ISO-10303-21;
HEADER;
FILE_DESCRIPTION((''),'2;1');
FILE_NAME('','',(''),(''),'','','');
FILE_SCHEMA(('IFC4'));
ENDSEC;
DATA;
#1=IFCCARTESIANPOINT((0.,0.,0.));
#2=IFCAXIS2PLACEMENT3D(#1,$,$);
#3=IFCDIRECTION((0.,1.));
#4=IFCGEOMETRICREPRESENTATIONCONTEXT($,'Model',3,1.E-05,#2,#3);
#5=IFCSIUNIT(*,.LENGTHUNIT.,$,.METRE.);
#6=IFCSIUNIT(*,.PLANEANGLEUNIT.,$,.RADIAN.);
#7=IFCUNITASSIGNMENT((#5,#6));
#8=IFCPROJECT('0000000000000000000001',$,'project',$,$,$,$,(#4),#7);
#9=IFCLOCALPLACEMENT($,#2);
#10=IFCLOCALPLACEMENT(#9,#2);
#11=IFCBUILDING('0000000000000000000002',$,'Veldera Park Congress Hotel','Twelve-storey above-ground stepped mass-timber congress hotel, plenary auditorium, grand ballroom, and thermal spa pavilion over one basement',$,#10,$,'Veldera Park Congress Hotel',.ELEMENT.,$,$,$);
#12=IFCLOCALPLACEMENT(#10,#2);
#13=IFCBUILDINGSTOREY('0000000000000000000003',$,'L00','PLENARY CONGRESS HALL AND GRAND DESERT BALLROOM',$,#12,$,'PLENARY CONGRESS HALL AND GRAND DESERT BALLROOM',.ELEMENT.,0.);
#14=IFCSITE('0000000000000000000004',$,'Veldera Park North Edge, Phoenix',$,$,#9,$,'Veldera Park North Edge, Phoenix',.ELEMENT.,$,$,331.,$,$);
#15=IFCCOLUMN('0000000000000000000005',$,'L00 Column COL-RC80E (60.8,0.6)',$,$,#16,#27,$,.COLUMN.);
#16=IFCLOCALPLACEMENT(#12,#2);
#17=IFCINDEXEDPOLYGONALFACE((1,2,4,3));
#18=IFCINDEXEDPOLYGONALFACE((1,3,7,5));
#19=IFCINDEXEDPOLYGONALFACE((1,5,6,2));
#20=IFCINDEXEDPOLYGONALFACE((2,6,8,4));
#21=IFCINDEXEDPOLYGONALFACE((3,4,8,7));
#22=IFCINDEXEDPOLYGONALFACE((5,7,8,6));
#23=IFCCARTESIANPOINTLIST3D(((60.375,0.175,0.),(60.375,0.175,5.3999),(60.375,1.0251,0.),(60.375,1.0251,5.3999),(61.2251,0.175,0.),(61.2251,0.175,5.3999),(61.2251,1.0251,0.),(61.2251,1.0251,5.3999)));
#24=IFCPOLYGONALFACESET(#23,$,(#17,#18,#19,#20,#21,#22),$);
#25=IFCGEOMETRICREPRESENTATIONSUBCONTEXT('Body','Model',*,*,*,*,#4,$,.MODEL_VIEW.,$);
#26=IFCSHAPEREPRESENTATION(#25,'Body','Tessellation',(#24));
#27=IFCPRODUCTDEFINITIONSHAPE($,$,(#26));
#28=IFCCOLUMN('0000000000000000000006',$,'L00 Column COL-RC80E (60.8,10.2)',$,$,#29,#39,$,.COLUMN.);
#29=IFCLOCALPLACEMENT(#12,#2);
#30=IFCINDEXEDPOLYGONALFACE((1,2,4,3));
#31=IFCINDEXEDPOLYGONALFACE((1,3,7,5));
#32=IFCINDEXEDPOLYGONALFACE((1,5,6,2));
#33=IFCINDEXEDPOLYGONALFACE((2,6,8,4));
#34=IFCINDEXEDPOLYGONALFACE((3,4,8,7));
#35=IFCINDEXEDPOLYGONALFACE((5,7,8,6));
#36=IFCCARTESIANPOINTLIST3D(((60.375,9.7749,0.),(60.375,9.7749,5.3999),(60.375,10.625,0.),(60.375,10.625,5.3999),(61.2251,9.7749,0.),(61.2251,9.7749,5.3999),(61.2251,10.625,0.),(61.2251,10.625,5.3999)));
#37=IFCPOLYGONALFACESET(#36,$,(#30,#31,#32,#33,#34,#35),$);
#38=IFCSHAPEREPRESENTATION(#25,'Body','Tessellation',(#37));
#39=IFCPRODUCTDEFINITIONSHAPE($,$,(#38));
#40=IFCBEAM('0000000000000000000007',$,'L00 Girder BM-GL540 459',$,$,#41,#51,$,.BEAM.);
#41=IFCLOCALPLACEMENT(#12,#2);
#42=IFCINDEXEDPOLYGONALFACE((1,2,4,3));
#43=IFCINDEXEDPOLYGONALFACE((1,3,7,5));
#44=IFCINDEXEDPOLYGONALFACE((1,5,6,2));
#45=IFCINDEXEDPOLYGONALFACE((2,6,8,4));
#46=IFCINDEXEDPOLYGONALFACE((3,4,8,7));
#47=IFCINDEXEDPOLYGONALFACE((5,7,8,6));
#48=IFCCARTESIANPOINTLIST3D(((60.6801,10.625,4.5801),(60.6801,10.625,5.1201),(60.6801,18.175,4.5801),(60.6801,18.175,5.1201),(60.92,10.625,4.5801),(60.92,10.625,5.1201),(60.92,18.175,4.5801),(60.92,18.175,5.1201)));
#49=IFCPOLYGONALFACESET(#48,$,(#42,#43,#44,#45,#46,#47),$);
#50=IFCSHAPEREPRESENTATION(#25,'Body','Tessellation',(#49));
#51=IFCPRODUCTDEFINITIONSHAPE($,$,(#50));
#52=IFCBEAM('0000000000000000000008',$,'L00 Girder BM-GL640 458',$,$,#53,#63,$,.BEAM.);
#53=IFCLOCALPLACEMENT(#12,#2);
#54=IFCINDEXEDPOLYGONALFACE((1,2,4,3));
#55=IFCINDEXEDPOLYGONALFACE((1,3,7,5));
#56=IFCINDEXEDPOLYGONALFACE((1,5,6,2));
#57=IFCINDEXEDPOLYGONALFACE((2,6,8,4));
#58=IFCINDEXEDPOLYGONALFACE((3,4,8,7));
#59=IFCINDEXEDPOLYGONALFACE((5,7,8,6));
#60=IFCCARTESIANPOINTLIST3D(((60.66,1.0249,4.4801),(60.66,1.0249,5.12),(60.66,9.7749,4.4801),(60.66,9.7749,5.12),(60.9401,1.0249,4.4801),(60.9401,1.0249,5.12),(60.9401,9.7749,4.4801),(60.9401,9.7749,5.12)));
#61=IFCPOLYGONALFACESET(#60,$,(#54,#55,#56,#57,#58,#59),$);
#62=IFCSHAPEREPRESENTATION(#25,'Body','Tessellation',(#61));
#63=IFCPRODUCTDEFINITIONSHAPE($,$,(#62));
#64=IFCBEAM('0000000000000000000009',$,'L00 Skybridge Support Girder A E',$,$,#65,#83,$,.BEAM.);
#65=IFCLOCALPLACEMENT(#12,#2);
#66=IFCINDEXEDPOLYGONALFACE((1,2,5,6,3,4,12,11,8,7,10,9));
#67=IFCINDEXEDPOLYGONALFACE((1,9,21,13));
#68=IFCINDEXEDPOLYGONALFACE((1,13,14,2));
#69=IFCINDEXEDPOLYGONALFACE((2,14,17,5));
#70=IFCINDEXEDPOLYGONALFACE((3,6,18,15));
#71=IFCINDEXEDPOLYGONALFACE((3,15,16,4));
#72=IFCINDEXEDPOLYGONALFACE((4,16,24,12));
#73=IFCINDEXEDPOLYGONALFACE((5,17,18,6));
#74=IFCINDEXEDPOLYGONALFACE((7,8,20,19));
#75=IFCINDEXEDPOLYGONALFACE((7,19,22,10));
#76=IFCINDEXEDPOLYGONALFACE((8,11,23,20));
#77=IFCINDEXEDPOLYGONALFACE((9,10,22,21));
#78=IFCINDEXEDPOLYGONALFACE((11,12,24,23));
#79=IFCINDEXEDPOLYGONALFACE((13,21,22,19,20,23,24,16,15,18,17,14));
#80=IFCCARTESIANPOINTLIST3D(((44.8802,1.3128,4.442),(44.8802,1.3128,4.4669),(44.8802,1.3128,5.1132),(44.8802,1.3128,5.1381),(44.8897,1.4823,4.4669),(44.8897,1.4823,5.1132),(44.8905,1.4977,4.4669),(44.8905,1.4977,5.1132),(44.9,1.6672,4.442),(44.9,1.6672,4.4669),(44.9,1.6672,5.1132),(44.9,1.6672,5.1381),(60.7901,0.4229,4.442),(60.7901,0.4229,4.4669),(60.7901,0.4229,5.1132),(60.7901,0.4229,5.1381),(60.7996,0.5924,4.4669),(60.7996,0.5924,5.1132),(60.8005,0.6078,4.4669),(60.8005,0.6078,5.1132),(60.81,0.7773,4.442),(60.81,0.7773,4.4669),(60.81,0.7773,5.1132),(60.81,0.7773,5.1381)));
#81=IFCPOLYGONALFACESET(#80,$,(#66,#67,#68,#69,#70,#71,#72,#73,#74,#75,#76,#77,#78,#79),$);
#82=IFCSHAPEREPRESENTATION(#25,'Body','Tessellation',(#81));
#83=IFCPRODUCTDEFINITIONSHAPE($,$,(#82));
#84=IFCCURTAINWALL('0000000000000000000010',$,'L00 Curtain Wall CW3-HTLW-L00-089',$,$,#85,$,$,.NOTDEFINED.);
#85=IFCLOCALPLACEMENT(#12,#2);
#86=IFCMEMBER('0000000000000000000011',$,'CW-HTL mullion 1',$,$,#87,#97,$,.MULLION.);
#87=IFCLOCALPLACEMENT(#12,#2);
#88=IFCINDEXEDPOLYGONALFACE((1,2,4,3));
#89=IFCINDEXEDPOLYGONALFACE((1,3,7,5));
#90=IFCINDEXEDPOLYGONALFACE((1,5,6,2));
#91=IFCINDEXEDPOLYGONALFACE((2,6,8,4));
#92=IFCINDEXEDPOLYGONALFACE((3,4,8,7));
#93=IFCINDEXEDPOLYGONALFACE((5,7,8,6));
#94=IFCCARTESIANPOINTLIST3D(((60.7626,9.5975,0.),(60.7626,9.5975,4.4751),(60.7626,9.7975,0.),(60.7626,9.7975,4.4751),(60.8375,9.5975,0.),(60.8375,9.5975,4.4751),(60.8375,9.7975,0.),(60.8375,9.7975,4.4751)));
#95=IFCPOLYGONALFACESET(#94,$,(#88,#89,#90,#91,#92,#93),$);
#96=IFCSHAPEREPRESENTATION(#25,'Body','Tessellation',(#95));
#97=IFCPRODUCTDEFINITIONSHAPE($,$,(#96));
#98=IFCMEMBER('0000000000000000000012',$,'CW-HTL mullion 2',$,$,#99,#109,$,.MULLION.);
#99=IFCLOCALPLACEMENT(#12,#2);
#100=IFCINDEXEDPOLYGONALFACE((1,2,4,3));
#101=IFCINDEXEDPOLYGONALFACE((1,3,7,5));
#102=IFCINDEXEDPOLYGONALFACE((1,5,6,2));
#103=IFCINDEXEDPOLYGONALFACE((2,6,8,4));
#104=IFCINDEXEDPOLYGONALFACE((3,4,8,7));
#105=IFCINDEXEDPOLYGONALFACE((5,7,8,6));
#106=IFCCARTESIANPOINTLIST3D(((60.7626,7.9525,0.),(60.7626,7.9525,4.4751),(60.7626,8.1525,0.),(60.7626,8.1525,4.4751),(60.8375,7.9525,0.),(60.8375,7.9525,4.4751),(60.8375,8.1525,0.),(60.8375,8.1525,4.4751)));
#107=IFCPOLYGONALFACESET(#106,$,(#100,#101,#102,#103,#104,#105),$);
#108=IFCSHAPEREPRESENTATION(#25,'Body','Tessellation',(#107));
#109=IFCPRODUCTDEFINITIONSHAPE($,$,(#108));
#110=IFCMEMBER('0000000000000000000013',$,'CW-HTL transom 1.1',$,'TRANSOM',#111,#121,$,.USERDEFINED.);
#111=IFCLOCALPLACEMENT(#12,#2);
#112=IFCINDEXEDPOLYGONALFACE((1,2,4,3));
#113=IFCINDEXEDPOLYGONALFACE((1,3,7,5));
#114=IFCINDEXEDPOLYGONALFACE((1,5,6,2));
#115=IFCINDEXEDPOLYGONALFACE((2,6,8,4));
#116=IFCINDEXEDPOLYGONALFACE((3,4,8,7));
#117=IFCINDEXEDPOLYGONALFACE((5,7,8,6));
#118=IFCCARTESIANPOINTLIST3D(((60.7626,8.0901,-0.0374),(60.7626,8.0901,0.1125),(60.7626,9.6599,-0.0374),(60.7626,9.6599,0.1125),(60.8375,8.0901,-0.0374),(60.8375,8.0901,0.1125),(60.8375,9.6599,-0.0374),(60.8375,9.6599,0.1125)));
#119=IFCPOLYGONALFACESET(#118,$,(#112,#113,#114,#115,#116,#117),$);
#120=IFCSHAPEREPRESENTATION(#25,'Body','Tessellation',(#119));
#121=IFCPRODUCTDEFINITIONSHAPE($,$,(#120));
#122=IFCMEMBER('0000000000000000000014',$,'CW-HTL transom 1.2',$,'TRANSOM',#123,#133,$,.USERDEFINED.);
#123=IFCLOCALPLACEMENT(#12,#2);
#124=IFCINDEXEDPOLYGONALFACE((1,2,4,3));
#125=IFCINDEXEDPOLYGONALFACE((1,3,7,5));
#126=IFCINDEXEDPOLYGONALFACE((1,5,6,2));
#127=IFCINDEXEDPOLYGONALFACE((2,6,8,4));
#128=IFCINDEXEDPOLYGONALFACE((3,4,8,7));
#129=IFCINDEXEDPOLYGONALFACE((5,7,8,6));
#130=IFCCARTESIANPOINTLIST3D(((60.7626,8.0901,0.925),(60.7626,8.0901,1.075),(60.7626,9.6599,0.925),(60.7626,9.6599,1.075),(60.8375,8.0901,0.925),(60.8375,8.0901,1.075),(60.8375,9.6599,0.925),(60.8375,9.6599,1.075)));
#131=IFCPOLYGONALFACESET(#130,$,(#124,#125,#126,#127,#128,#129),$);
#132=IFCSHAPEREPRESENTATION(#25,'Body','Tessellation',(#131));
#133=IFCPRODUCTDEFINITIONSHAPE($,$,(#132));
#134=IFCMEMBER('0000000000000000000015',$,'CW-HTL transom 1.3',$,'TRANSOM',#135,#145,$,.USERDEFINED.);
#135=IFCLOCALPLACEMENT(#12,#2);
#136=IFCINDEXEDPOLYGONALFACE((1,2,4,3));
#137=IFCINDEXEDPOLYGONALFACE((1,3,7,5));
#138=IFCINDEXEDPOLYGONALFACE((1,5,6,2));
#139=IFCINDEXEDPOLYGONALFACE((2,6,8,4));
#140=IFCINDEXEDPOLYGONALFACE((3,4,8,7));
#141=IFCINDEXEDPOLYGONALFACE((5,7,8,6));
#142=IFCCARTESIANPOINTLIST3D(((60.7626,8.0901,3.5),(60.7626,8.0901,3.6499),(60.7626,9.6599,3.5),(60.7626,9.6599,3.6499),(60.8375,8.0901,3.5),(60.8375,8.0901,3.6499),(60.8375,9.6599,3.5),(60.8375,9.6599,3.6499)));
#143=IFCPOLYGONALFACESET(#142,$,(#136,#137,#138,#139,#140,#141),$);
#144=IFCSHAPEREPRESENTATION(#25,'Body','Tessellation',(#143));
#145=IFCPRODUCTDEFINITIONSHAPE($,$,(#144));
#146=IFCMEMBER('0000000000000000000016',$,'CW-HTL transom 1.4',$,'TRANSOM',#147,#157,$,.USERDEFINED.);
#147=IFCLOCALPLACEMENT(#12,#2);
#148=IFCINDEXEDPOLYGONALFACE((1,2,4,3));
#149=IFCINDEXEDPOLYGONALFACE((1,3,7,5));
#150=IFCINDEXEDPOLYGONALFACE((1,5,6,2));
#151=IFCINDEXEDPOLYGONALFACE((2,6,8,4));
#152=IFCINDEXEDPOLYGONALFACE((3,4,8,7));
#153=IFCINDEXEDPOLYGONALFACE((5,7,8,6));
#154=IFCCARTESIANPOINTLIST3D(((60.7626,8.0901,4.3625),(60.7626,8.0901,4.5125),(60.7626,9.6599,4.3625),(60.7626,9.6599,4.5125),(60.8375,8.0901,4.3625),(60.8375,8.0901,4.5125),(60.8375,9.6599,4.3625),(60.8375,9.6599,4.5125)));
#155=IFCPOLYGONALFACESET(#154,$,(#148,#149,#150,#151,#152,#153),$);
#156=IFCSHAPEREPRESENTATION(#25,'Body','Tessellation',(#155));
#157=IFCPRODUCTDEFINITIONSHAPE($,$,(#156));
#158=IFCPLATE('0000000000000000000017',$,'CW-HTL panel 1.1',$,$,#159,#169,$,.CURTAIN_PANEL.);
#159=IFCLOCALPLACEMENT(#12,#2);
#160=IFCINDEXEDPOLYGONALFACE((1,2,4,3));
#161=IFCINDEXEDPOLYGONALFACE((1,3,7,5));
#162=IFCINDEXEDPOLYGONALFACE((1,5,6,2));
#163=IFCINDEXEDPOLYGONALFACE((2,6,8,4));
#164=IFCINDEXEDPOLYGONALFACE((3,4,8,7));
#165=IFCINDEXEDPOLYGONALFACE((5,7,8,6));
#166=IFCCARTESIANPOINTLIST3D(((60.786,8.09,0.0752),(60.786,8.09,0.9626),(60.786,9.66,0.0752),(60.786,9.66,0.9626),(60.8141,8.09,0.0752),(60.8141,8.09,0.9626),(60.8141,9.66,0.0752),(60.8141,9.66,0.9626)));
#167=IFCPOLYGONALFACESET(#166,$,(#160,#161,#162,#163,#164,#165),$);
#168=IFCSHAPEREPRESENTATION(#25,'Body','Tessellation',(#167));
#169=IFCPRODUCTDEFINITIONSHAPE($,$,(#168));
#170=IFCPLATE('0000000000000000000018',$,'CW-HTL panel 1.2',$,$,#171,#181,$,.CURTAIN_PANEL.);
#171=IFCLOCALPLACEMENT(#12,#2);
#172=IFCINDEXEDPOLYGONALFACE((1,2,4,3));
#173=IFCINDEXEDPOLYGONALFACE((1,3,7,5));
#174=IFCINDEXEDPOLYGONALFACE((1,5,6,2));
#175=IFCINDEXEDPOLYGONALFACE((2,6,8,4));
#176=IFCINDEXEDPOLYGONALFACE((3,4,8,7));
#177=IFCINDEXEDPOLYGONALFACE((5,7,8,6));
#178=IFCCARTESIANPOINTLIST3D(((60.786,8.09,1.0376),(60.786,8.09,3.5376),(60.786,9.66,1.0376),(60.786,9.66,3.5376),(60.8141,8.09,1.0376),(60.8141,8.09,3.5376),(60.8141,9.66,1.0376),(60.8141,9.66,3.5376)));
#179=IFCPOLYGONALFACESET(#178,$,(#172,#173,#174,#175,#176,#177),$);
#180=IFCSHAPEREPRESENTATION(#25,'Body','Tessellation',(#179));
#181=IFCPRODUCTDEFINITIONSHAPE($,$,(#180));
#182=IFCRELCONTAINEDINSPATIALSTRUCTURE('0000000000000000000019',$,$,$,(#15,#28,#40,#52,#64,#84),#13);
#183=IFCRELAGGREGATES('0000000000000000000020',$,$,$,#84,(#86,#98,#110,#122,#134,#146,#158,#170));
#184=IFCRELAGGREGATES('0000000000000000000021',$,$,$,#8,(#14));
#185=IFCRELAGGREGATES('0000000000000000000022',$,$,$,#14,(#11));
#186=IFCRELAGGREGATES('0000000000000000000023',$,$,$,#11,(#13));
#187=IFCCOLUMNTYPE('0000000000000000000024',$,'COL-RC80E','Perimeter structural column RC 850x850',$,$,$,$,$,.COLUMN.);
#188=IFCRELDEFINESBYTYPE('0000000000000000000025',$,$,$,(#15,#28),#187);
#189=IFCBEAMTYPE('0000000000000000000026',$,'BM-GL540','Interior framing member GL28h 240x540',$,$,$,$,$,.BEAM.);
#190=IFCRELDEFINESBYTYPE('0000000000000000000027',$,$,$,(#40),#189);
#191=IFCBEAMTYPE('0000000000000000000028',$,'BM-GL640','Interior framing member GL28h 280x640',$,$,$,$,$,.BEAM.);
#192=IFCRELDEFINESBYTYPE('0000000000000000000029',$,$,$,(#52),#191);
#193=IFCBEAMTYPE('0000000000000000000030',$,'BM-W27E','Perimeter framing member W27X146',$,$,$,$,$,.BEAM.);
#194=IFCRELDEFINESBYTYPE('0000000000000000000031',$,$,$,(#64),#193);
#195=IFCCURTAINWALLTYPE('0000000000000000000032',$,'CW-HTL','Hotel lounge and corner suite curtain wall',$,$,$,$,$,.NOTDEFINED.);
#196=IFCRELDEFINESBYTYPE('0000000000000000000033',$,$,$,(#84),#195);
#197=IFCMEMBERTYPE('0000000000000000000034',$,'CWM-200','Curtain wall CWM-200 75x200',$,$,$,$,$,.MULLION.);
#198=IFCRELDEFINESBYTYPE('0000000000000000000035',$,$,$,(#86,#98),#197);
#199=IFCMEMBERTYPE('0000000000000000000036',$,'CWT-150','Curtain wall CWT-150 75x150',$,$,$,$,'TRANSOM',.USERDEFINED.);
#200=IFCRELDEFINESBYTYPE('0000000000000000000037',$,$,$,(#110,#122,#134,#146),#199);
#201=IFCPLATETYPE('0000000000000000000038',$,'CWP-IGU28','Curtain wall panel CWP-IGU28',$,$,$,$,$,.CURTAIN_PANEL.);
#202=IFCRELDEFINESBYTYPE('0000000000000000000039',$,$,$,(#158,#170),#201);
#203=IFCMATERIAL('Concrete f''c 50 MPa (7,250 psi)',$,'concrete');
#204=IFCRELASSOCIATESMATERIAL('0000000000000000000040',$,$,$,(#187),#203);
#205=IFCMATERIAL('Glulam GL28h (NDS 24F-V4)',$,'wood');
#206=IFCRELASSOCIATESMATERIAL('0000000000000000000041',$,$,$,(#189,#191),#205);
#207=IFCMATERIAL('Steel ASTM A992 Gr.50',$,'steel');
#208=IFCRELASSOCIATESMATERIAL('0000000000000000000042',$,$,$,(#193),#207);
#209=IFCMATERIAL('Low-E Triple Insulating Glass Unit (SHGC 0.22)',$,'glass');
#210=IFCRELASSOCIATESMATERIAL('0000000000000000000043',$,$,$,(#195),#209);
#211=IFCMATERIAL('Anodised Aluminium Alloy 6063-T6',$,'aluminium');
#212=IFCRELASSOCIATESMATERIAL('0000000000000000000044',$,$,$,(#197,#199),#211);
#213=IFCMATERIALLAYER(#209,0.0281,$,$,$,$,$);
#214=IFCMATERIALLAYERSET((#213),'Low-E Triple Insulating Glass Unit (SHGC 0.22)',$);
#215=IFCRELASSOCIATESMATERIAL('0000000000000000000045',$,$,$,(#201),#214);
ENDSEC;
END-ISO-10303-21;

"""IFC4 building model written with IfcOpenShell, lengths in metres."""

from ifc_helpers import new_model, si_unit, direction, frame, origin, origin_2d, place, context, subcontext, project, spatial, rectangle, i_section, extrude, material, layer, layer_set, material_profile, profile_set, type_object, element, aggregate, save


model = new_model("IFC4")

# Units and contexts
model_context = context("Model", 3, precision=1e-05, world=origin(), true_north=direction((0.0, 1.0)))
body_context = subcontext(model_context, "Body", "Model", "MODEL_VIEW")
ifc_project = project(units=[si_unit("LENGTHUNIT", "METRE"), si_unit("PLANEANGLEUNIT", "RADIAN")], contexts=[model_context])

# Site, building, storey
site_placement = place(None, origin())
site = spatial("IfcSite", under=ifc_project, at=site_placement, Name="Veldera Park North Edge, Phoenix", LongName="Veldera Park North Edge, Phoenix", CompositionType="ELEMENT", RefElevation=331.0)
building_placement = place(site_placement, origin())
building = spatial("IfcBuilding", under=site, at=building_placement, Name="Veldera Park Congress Hotel", Description="Twelve-storey above-ground stepped mass-timber congress hotel, plenary auditorium, grand ballroom, and thermal spa pavilion over one basement", LongName="Veldera Park Congress Hotel", CompositionType="ELEMENT")
storey_placement = place(building_placement, origin())
storey = spatial("IfcBuildingStorey", under=building, at=storey_placement, Name="L00", Description="PLENARY CONGRESS HALL AND GRAND DESERT BALLROOM", LongName="PLENARY CONGRESS HALL AND GRAND DESERT BALLROOM", CompositionType="ELEMENT", Elevation=0.0)

# Columns
ifc_material_1 = material(Name="Concrete f'c 50 MPa (7,250 psi)", Category="concrete")
ifc_material_profile_1 = material_profile(ifc_material_1, rectangle(XDim=0.8501, YDim=0.8501, at=origin_2d()), Name="RC 850x850")
ifc_profile_set_1 = profile_set([ifc_material_profile_1], Name="Concrete f'c 50 MPa (7,250 psi)")
column_type = type_object("IfcColumnType", Name="COL-RC80E", Description="Perimeter structural column RC 850x850", PredefinedType="COLUMN", material=ifc_profile_set_1)
for number, where, z_axis, x_axis, name in (
    (1, (60.8, 0.6001, 0.0), (0.0, 0.0, 1.0), (1.0, 0.0, 0.0), "L00 Column COL-RC80E (60.8,0.6)"),
    (2, (60.8, 10.2, 0.0), (0.0, 0.0, 1.0), (1.0, 0.0, 0.0), "L00 Column COL-RC80E (60.8,10.2)"),
):
    element("IfcColumn", number, at=place(storey_placement, frame(where, z_axis=z_axis, x_axis=x_axis)), inside=storey, type_object=column_type, Name=name, PredefinedType="COLUMN", context=body_context, shape_type="SweptSolid", body=[
        extrude(rectangle(XDim=0.8501, YDim=0.8501, at=origin_2d()), origin(), (0.0, 0.0, 1.0), 5.3999),
    ])

# Beams
ifc_material_2 = material(Name="Glulam GL28h (NDS 24F-V4)", Category="wood")
ifc_material_profile_2 = material_profile(ifc_material_2, rectangle(XDim=0.24, YDim=0.54, at=origin_2d()), Name="GL28h 240x540")
ifc_profile_set_2 = profile_set([ifc_material_profile_2], Name="Glulam GL28h (NDS 24F-V4)")
beam_type_1 = type_object("IfcBeamType", Name="BM-GL540", Description="Interior framing member GL28h 240x540", PredefinedType="BEAM", material=ifc_profile_set_2)
beam_1_placement = place(storey_placement, frame((60.8, 10.625, 4.8501), z_axis=(0.0, 1.0, 0.0), x_axis=(-1.0, 0.0, 0.0)))
element("IfcBeam", 3, at=beam_1_placement, inside=storey, type_object=beam_type_1, Name="L00 Girder BM-GL540 459", PredefinedType="BEAM", context=body_context, shape_type="SweptSolid", body=[
    extrude(rectangle(XDim=0.24, YDim=0.54, at=origin_2d()), origin(), (0.0, 0.0, 1.0), 7.55),
])
ifc_material_profile_3 = material_profile(ifc_material_2, rectangle(XDim=0.28, YDim=0.6399, at=origin_2d()), Name="GL28h 280x640")
ifc_profile_set_3 = profile_set([ifc_material_profile_3], Name="Glulam GL28h (NDS 24F-V4)")
beam_type_2 = type_object("IfcBeamType", Name="BM-GL640", Description="Interior framing member GL28h 280x640", PredefinedType="BEAM", material=ifc_profile_set_3)
beam_2_placement = place(storey_placement, frame((60.8, 1.0249, 4.8), z_axis=(0.0, 1.0, 0.0), x_axis=(-1.0, 0.0, 0.0)))
element("IfcBeam", 4, at=beam_2_placement, inside=storey, type_object=beam_type_2, Name="L00 Girder BM-GL640 458", PredefinedType="BEAM", context=body_context, shape_type="SweptSolid", body=[
    extrude(rectangle(XDim=0.28, YDim=0.6399, at=origin_2d()), origin(), (0.0, 0.0, 1.0), 8.75),
])
ifc_material_3 = material(Name="Steel ASTM A992 Gr.50", Category="steel")
ifc_material_profile_4 = material_profile(ifc_material_3, i_section(OverallWidth=0.355, OverallDepth=0.696, WebThickness=0.0154, FlangeThickness=0.0249, at=origin_2d()), Name="W27X146")
ifc_profile_set_4 = profile_set([ifc_material_profile_4], Name="Steel ASTM A992 Gr.50")
beam_type_3 = type_object("IfcBeamType", Name="BM-W27E", Description="Perimeter framing member W27X146", PredefinedType="BEAM", material=ifc_profile_set_4)
beam_3_placement = place(storey_placement, frame((60.8, 0.6001, 4.79), z_axis=(-0.998439, 0.055846, 0.0), x_axis=(-0.055846, -0.998439, 0.0)))
element("IfcBeam", 5, at=beam_3_placement, inside=storey, type_object=beam_type_3, Name="L00 Skybridge Support Girder A E", PredefinedType="BEAM", context=body_context, shape_type="SweptSolid", body=[
    extrude(i_section(OverallWidth=0.355, OverallDepth=0.696, WebThickness=0.0154, FlangeThickness=0.0249, at=origin_2d()), origin(), (0.0, 0.0, 1.0), 15.9348),
])

# Curtain wall, members, plates
ifc_material_4 = material(Name="Low-E Triple Insulating Glass Unit (SHGC 0.22)", Category="glass")
curtain_wall_type = type_object("IfcCurtainWallType", Name="CW-HTL", Description="Hotel lounge and corner suite curtain wall", PredefinedType="NOTDEFINED", material=ifc_material_4)
curtain_wall_placement = place(storey_placement, origin())
curtain_wall = element("IfcCurtainWall", 6, at=curtain_wall_placement, inside=storey, type_object=curtain_wall_type, Name="L00 Curtain Wall CW3-HTLW-L00-089", PredefinedType="NOTDEFINED")
ifc_material_5 = material(Name="Anodised Aluminium Alloy 6063-T6", Category="aluminium")
ifc_material_profile_5 = material_profile(ifc_material_5, rectangle(XDim=0.075, YDim=0.2, at=origin_2d()), Name="ALU 75x200")
ifc_profile_set_5 = profile_set([ifc_material_profile_5], Name="Anodised Aluminium Alloy 6063-T6")
member_type_1 = type_object("IfcMemberType", Name="CWM-200", Description="Curtain wall CWM-200 75x200", PredefinedType="MULLION", material=ifc_profile_set_5)
member_1_placement = place(storey_placement, frame((60.8, 9.6975, 0.0), z_axis=(0.0, 0.0, 1.0), x_axis=(1.0, 0.0, 0.0)))
member_1 = element("IfcMember", 7, at=member_1_placement, type_object=member_type_1, Name="CW-HTL mullion 1", PredefinedType="MULLION", context=body_context, shape_type="SweptSolid", body=[
    extrude(rectangle(XDim=0.075, YDim=0.2, at=origin_2d()), origin(), (0.0, 0.0, 1.0), 4.4751),
])
member_2_placement = place(storey_placement, frame((60.8, 8.0525, 0.0), z_axis=(0.0, 0.0, 1.0), x_axis=(1.0, 0.0, 0.0)))
member_2 = element("IfcMember", 8, at=member_2_placement, type_object=member_type_1, Name="CW-HTL mullion 2", PredefinedType="MULLION", context=body_context, shape_type="SweptSolid", body=[
    extrude(rectangle(XDim=0.075, YDim=0.2, at=origin_2d()), origin(), (0.0, 0.0, 1.0), 4.4751),
])
ifc_material_profile_6 = material_profile(ifc_material_5, rectangle(XDim=0.075, YDim=0.1499, at=origin_2d()), Name="ALU 75x150")
ifc_profile_set_6 = profile_set([ifc_material_profile_6], Name="Anodised Aluminium Alloy 6063-T6")
member_type_2 = type_object("IfcMemberType", Name="CWT-150", Description="Curtain wall CWT-150 75x150", ElementType="TRANSOM", PredefinedType="USERDEFINED", material=ifc_profile_set_6)
member_3_placement = place(storey_placement, frame((60.8, 9.6599, 0.0376), z_axis=(0.0, -1.0, 0.0), x_axis=(1.0, 0.0, 0.0)))
member_3 = element("IfcMember", 9, at=member_3_placement, type_object=member_type_2, Name="CW-HTL transom 1.1", ObjectType="TRANSOM", PredefinedType="USERDEFINED", context=body_context, shape_type="SweptSolid", body=[
    extrude(rectangle(XDim=0.075, YDim=0.1499, at=origin_2d()), origin(), (0.0, 0.0, 1.0), 1.5698),
])
member_4_placement = place(storey_placement, frame((60.8, 9.6599, 1.0), z_axis=(0.0, -1.0, 0.0), x_axis=(1.0, 0.0, 0.0)))
member_4 = element("IfcMember", 10, at=member_4_placement, type_object=member_type_2, Name="CW-HTL transom 1.2", ObjectType="TRANSOM", PredefinedType="USERDEFINED", context=body_context, shape_type="SweptSolid", body=[
    extrude(rectangle(XDim=0.075, YDim=0.1499, at=origin_2d()), origin(), (0.0, 0.0, 1.0), 1.5698),
])
member_5_placement = place(storey_placement, frame((60.8, 9.6599, 3.575), z_axis=(0.0, -1.0, 0.0), x_axis=(1.0, 0.0, 0.0)))
member_5 = element("IfcMember", 11, at=member_5_placement, type_object=member_type_2, Name="CW-HTL transom 1.3", ObjectType="TRANSOM", PredefinedType="USERDEFINED", context=body_context, shape_type="SweptSolid", body=[
    extrude(rectangle(XDim=0.075, YDim=0.1499, at=origin_2d()), origin(), (0.0, 0.0, 1.0), 1.5698),
])
member_6_placement = place(storey_placement, frame((60.8, 9.6599, 4.4375), z_axis=(0.0, -1.0, 0.0), x_axis=(1.0, 0.0, 0.0)))
member_6 = element("IfcMember", 12, at=member_6_placement, type_object=member_type_2, Name="CW-HTL transom 1.4", ObjectType="TRANSOM", PredefinedType="USERDEFINED", context=body_context, shape_type="SweptSolid", body=[
    extrude(rectangle(XDim=0.075, YDim=0.1499, at=origin_2d()), origin(), (0.0, 0.0, 1.0), 1.5698),
])
ifc_layer_1 = layer(ifc_material_4, 0.0281)
ifc_layer_set_1 = layer_set([ifc_layer_1], Name="Low-E Triple Insulating Glass Unit (SHGC 0.22)")
plate_type = type_object("IfcPlateType", Name="CWP-IGU28", Description="Curtain wall panel CWP-IGU28", PredefinedType="CURTAIN_PANEL", material=ifc_layer_set_1)
plate_1_placement = place(storey_placement, frame((60.8, 8.875, 0.0752), z_axis=(0.0, 0.0, 1.0), x_axis=(0.0, -1.0, 0.0)))
plate_1 = element("IfcPlate", 13, at=plate_1_placement, type_object=plate_type, Name="CW-HTL panel 1.1", PredefinedType="CURTAIN_PANEL", context=body_context, shape_type="SweptSolid", body=[
    extrude(rectangle(XDim=1.5701, YDim=0.0281, at=origin_2d()), origin(), (0.0, 0.0, 1.0), 0.8875),
])
plate_2_placement = place(storey_placement, frame((60.8, 8.875, 1.0376), z_axis=(0.0, 0.0, 1.0), x_axis=(0.0, -1.0, 0.0)))
plate_2 = element("IfcPlate", 14, at=plate_2_placement, type_object=plate_type, Name="CW-HTL panel 1.2", PredefinedType="CURTAIN_PANEL", context=body_context, shape_type="SweptSolid", body=[
    extrude(rectangle(XDim=1.5701, YDim=0.0281, at=origin_2d()), origin(), (0.0, 0.0, 1.0), 2.5),
])
aggregate(curtain_wall, [member_1, member_2, member_3, member_4, member_5, member_6, plate_1, plate_2])

save(model, "model.ifc")
